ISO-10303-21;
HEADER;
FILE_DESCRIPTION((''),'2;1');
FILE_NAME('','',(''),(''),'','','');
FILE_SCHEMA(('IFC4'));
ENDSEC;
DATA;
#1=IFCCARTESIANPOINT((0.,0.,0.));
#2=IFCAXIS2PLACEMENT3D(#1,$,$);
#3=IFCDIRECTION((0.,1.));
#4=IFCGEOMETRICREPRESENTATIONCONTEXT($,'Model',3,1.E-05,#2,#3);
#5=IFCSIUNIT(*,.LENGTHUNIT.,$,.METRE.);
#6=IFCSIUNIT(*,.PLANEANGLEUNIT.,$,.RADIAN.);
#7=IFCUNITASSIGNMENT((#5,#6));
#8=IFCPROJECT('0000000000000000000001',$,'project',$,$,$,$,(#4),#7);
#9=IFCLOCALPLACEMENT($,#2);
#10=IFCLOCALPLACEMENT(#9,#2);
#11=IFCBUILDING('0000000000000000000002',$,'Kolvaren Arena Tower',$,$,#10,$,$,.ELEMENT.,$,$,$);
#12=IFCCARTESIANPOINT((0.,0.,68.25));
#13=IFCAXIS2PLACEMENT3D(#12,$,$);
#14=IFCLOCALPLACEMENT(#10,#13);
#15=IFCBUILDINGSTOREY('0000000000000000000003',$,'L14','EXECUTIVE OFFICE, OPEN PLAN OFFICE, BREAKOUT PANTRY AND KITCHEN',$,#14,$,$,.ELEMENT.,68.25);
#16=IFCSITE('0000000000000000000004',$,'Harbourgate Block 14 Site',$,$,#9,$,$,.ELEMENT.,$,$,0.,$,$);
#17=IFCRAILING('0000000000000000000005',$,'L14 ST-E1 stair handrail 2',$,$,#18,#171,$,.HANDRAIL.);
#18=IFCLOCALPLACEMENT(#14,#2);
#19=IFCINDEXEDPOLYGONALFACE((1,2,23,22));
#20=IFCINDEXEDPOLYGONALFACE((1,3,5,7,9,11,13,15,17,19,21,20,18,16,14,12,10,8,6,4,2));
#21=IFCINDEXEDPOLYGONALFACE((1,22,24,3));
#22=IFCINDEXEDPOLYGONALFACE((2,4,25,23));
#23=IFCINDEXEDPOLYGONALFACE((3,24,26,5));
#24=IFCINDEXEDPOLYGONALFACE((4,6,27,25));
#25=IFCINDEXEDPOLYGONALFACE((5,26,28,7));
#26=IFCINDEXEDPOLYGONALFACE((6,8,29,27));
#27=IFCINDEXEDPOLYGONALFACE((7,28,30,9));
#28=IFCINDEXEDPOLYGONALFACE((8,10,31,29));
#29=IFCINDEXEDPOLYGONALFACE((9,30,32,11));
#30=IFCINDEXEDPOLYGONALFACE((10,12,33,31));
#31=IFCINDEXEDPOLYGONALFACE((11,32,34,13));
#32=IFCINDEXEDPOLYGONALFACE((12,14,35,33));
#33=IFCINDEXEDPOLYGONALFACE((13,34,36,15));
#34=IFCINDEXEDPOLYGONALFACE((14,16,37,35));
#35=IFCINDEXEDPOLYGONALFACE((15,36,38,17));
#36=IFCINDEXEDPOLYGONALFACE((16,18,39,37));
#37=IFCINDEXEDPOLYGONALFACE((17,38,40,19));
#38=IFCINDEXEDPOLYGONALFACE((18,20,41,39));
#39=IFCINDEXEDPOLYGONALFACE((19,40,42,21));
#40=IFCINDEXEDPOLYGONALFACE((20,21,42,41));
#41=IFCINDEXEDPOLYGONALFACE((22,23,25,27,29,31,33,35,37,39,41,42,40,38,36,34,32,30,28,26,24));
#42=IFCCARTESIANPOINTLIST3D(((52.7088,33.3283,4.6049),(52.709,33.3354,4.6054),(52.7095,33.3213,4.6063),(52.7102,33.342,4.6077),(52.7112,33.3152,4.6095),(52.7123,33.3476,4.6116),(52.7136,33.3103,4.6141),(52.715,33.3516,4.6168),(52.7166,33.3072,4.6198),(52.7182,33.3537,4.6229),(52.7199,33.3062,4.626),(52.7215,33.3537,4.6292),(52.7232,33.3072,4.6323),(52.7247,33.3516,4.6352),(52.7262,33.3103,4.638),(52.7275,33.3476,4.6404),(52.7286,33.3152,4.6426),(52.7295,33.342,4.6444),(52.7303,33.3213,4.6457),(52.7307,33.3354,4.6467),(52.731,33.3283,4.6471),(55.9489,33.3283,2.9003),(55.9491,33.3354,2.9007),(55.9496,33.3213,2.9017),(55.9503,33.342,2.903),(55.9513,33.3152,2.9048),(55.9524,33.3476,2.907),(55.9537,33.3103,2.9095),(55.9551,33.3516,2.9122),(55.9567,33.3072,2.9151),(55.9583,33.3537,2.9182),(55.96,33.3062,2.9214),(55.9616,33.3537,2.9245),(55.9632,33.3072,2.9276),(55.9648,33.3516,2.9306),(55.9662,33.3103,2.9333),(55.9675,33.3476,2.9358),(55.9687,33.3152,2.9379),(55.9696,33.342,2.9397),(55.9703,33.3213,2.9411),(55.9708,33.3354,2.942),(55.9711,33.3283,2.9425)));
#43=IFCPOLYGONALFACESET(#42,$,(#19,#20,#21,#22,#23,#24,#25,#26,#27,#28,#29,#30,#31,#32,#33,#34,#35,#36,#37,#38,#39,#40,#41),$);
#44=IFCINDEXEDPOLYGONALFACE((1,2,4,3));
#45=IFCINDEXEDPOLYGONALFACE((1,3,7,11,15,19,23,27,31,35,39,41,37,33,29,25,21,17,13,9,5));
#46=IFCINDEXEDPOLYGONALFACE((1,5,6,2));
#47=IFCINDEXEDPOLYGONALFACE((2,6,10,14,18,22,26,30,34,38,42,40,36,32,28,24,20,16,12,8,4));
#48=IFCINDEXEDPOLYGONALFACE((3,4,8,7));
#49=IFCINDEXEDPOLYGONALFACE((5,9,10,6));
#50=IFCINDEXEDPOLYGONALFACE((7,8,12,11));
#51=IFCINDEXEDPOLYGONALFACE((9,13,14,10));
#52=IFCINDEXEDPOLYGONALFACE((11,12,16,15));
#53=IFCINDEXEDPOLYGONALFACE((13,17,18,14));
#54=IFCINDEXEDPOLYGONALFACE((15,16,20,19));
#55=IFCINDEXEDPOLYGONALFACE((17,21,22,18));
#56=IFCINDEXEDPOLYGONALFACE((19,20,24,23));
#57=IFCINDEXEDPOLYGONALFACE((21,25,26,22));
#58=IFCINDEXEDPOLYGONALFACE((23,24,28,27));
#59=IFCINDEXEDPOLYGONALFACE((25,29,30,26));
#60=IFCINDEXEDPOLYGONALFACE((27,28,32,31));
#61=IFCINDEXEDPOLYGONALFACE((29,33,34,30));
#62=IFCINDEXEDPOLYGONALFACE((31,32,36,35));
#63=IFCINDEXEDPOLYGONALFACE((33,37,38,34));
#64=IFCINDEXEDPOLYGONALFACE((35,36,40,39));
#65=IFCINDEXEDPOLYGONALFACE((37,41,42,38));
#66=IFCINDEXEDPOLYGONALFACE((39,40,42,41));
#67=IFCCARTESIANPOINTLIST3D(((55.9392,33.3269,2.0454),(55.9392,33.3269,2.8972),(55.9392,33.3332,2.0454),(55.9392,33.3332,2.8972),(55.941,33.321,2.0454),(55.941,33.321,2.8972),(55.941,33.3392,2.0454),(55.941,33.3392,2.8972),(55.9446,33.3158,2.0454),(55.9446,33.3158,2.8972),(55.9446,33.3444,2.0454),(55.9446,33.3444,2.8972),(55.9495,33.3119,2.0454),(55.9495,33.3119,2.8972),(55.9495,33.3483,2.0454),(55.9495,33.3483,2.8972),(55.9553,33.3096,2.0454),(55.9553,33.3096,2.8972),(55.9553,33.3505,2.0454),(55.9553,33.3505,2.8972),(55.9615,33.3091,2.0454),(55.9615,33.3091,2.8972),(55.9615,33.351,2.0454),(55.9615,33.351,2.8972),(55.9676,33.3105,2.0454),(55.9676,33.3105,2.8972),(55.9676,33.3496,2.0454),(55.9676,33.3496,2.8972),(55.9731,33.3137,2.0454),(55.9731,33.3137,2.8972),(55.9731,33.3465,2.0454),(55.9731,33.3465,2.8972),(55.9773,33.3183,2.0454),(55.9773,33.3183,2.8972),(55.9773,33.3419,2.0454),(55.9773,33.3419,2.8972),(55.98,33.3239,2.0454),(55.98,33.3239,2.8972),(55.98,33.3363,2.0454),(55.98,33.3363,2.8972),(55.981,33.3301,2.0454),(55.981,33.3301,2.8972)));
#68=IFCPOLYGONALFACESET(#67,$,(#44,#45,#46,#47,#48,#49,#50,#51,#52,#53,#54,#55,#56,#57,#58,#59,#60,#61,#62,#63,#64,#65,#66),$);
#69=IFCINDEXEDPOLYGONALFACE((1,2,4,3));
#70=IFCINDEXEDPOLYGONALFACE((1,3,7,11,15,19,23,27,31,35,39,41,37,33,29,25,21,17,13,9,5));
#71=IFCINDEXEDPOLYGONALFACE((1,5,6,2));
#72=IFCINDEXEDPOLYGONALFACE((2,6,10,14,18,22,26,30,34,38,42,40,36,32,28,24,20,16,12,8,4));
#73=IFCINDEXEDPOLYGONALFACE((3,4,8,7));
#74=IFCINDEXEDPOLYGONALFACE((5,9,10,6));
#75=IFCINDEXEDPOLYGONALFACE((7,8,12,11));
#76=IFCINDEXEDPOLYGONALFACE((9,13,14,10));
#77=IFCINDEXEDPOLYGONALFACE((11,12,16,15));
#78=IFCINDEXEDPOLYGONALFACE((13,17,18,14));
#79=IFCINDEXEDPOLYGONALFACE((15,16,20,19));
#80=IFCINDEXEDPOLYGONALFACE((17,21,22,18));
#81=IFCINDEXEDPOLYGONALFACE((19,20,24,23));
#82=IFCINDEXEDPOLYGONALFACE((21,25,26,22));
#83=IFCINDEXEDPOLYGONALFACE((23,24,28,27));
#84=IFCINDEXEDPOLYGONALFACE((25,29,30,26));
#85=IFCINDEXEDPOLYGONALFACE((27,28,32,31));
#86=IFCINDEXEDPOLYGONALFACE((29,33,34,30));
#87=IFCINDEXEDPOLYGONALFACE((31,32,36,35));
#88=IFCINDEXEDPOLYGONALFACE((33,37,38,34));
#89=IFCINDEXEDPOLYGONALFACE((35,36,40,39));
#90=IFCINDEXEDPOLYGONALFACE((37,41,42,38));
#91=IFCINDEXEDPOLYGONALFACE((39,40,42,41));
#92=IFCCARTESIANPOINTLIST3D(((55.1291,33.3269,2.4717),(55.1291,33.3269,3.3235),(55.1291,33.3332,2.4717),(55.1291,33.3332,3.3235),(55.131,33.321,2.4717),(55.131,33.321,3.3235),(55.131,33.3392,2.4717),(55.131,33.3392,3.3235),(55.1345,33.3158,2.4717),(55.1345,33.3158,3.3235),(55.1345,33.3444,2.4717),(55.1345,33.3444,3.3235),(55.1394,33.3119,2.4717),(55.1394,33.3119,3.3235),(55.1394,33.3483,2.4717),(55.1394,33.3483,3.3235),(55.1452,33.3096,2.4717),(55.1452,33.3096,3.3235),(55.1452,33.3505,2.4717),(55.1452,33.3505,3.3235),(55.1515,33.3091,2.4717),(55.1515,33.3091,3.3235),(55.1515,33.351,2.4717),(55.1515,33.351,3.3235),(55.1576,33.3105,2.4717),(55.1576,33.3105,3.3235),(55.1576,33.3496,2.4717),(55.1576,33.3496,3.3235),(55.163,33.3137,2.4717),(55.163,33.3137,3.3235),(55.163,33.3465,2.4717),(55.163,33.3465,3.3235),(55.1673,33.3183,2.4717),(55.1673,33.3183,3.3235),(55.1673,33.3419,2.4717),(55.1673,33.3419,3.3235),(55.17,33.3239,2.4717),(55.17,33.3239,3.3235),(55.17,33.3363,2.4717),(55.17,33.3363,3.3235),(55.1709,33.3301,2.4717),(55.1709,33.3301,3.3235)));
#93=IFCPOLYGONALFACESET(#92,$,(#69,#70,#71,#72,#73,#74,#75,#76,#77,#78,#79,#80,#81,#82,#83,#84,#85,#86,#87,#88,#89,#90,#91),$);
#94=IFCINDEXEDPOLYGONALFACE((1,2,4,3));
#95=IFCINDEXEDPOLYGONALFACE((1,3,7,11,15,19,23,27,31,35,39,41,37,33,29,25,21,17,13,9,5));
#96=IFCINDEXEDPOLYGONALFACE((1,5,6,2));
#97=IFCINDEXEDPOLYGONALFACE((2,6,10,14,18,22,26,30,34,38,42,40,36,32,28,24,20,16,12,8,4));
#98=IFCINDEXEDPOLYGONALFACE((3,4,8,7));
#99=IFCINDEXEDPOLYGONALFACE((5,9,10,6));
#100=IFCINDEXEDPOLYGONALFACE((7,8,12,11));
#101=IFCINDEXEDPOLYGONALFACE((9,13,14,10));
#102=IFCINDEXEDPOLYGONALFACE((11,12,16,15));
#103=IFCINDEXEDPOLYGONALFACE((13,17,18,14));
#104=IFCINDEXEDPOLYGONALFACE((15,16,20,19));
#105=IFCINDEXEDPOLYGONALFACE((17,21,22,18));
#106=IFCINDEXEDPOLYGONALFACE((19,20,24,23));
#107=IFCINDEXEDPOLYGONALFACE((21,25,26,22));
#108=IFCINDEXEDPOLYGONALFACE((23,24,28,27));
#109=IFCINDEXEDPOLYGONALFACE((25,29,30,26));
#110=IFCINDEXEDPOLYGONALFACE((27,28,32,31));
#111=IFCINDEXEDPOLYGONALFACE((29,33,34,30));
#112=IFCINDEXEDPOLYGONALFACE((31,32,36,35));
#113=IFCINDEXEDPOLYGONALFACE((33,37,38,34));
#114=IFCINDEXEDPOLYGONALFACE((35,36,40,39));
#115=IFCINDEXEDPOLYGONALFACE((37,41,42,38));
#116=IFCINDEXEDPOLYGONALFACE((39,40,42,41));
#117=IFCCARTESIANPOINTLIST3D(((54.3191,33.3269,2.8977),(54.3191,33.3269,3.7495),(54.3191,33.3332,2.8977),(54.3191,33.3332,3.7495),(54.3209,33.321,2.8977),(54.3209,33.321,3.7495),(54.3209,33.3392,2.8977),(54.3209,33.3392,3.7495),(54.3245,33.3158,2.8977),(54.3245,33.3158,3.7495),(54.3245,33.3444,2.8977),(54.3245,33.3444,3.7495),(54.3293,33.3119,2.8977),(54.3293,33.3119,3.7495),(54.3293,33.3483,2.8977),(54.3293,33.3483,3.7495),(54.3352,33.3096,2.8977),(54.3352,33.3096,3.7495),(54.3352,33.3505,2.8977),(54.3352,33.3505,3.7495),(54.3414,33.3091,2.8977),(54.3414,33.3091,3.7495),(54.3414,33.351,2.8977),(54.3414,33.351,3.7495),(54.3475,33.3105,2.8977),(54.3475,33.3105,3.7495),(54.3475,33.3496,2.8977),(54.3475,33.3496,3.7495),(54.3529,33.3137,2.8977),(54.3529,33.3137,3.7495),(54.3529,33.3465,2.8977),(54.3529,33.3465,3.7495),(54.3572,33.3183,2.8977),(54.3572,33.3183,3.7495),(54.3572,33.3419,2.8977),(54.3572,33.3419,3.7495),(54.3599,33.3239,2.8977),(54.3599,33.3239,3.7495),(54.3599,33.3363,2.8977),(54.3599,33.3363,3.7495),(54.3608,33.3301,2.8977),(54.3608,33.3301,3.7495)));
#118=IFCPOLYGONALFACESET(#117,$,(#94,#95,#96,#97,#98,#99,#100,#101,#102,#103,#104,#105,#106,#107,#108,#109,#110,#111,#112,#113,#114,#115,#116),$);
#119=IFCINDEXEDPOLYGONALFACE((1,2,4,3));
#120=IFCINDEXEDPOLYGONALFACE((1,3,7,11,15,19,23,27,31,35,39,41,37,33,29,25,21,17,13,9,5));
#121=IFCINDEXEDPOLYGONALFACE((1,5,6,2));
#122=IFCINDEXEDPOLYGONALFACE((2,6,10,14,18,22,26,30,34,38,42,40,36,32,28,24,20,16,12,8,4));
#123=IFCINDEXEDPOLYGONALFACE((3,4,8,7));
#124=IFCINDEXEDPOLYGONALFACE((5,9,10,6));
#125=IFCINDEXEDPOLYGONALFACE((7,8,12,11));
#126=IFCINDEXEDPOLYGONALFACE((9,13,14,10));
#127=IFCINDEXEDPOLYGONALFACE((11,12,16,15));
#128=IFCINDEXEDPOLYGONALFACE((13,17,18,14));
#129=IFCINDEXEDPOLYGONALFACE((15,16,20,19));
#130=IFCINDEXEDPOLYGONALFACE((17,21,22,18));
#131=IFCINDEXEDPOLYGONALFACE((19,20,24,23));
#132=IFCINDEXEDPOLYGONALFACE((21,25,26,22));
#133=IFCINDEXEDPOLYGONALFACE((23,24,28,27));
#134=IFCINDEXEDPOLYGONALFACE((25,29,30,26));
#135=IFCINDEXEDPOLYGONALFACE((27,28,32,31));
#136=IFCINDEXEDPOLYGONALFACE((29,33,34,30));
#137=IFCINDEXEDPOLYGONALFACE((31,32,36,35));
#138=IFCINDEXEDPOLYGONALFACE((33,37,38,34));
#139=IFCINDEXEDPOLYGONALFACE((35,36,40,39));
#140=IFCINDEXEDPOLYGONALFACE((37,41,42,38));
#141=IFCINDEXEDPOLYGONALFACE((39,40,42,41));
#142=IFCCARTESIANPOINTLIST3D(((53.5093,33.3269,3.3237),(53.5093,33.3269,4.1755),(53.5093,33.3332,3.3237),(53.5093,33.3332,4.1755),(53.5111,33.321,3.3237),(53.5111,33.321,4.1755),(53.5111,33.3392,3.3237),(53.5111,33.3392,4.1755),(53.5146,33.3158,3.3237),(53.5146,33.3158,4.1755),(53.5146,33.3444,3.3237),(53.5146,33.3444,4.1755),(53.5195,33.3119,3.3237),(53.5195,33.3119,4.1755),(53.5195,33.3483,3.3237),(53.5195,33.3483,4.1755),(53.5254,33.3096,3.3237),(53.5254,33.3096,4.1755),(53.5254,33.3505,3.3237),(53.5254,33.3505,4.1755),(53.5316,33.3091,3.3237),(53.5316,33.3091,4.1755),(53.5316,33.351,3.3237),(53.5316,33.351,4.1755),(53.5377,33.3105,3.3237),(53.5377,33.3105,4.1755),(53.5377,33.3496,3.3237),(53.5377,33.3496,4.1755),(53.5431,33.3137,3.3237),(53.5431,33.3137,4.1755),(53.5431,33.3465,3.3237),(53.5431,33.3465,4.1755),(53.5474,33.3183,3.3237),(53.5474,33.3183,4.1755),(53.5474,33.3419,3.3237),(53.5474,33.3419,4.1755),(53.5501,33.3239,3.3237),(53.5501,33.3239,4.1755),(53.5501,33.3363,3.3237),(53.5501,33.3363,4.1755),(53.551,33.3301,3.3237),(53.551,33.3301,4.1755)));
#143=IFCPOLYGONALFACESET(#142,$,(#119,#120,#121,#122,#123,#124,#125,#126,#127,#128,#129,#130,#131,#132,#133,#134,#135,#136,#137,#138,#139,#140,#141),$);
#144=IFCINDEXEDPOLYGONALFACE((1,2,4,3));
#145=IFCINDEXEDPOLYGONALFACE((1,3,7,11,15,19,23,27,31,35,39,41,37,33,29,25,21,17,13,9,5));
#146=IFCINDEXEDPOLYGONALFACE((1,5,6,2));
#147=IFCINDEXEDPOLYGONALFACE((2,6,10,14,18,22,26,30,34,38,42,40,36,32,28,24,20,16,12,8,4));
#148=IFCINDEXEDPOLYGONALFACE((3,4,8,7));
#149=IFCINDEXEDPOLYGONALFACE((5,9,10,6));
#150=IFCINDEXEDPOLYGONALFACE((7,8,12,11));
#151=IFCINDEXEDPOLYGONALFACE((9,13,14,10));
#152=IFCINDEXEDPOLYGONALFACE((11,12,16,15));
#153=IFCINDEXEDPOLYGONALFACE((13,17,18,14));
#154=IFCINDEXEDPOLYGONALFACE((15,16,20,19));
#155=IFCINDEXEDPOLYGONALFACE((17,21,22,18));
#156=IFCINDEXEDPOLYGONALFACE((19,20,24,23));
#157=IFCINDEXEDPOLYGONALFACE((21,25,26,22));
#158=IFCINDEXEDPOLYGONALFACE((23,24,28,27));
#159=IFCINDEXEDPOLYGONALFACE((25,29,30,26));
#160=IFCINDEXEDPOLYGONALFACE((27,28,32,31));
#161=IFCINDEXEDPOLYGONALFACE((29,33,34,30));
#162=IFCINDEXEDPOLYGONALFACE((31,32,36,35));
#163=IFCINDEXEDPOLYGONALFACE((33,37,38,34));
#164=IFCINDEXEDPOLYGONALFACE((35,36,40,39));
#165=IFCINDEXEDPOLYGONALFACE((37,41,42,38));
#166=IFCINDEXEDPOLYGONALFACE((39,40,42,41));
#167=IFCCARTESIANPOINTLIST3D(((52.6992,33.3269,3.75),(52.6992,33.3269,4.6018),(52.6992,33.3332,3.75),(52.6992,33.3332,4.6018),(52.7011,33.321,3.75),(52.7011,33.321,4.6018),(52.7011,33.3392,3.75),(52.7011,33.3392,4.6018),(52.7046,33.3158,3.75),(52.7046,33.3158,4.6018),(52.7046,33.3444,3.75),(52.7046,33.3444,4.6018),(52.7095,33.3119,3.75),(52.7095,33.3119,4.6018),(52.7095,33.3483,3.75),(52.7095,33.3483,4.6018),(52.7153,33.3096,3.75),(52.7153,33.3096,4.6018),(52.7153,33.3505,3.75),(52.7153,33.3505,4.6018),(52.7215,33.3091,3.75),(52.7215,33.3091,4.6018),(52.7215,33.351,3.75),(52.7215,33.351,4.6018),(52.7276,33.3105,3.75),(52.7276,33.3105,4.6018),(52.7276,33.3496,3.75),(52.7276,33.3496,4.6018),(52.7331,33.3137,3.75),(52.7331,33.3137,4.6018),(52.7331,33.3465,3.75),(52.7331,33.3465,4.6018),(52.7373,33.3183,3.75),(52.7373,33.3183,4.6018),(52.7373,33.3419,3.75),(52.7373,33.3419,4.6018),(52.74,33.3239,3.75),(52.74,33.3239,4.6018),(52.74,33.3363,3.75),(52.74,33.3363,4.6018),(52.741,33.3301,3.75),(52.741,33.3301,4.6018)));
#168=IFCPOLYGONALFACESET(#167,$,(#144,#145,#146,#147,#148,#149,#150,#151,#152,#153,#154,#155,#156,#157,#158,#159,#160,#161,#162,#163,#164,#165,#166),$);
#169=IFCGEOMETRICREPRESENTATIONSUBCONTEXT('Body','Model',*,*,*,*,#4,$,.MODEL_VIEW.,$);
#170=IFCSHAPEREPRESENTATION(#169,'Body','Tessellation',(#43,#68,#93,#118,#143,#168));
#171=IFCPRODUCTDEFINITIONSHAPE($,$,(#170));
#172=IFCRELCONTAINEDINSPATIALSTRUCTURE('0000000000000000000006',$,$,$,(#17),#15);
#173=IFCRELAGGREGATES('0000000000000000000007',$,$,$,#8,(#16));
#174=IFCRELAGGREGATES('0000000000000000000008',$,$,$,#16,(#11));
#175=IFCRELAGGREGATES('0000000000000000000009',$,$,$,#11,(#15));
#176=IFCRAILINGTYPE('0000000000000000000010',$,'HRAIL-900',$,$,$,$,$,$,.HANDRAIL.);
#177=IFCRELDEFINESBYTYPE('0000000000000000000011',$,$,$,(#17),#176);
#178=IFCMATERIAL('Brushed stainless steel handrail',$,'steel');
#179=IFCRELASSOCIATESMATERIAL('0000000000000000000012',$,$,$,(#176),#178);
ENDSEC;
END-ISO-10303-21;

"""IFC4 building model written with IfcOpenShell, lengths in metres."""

from ifc_helpers import new_model, si_unit, direction, frame, origin, origin_2d, place, context, subcontext, project, spatial, circle, extrude, material, type_object, element, save


model = new_model("IFC4")

# Units and contexts
model_context = context("Model", 3, precision=1e-05, world=origin(), true_north=direction((0.0, 1.0)))
body_context = subcontext(model_context, "Body", "Model", "MODEL_VIEW")
ifc_project = project(units=[si_unit("LENGTHUNIT", "METRE"), si_unit("PLANEANGLEUNIT", "RADIAN")], contexts=[model_context])

# Site, building, storey
site_placement = place(None, origin())
site = spatial("IfcSite", under=ifc_project, at=site_placement, Name="Harbourgate Block 14 Site", CompositionType="ELEMENT", RefElevation=0.0)
building_placement = place(site_placement, origin())
building = spatial("IfcBuilding", under=site, at=building_placement, Name="Kolvaren Arena Tower", CompositionType="ELEMENT")
storey_placement = place(building_placement, frame((0.0, 0.0, 68.25)))
storey = spatial("IfcBuildingStorey", under=building, at=storey_placement, Name="L14", Description="EXECUTIVE OFFICE, OPEN PLAN OFFICE, BREAKOUT PANTRY AND KITCHEN", CompositionType="ELEMENT", Elevation=68.25)

# Railing
ifc_material_1 = material(Name="Brushed stainless steel handrail", Category="steel")
railing_type_1 = type_object("IfcRailingType", Name="HRAIL-900", PredefinedType="HANDRAIL", material=ifc_material_1)
railing_1_placement = place(storey_placement, frame((55.96, 33.3301, 2.0454)))
element("IfcRailing", 1, at=railing_1_placement, inside=storey, type_object=railing_type_1, Name="L14 ST-E1 stair handrail 2", PredefinedType="HANDRAIL", context=body_context, shape_type="SweptSolid", body=[
    extrude(circle(Radius=0.0239, at=origin_2d()), frame((0.0, 0.0, 0.876), z_axis=(-0.884993, 0.0, 0.465604), x_axis=(0.0, -1.0, 0.0)), (0.0, 0.0, 1.0), 3.6611),
    extrude(circle(Radius=0.021, at=origin_2d()), origin(), (0.0, 0.0, 1.0), 0.8518),
    extrude(circle(Radius=0.021, at=origin_2d()), frame((-0.8101, 0.0, 0.4263)), (0.0, 0.0, 1.0), 0.8518),
    extrude(circle(Radius=0.021, at=origin_2d()), frame((-1.6201, 0.0, 0.8523)), (0.0, 0.0, 1.0), 0.8518),
    extrude(circle(Radius=0.021, at=origin_2d()), frame((-2.4299, 0.0, 1.2783)), (0.0, 0.0, 1.0), 0.8518),
    extrude(circle(Radius=0.021, at=origin_2d()), frame((-3.24, 0.0, 1.7046)), (0.0, 0.0, 1.0), 0.8518),
])

save(model, "model.ifc")
